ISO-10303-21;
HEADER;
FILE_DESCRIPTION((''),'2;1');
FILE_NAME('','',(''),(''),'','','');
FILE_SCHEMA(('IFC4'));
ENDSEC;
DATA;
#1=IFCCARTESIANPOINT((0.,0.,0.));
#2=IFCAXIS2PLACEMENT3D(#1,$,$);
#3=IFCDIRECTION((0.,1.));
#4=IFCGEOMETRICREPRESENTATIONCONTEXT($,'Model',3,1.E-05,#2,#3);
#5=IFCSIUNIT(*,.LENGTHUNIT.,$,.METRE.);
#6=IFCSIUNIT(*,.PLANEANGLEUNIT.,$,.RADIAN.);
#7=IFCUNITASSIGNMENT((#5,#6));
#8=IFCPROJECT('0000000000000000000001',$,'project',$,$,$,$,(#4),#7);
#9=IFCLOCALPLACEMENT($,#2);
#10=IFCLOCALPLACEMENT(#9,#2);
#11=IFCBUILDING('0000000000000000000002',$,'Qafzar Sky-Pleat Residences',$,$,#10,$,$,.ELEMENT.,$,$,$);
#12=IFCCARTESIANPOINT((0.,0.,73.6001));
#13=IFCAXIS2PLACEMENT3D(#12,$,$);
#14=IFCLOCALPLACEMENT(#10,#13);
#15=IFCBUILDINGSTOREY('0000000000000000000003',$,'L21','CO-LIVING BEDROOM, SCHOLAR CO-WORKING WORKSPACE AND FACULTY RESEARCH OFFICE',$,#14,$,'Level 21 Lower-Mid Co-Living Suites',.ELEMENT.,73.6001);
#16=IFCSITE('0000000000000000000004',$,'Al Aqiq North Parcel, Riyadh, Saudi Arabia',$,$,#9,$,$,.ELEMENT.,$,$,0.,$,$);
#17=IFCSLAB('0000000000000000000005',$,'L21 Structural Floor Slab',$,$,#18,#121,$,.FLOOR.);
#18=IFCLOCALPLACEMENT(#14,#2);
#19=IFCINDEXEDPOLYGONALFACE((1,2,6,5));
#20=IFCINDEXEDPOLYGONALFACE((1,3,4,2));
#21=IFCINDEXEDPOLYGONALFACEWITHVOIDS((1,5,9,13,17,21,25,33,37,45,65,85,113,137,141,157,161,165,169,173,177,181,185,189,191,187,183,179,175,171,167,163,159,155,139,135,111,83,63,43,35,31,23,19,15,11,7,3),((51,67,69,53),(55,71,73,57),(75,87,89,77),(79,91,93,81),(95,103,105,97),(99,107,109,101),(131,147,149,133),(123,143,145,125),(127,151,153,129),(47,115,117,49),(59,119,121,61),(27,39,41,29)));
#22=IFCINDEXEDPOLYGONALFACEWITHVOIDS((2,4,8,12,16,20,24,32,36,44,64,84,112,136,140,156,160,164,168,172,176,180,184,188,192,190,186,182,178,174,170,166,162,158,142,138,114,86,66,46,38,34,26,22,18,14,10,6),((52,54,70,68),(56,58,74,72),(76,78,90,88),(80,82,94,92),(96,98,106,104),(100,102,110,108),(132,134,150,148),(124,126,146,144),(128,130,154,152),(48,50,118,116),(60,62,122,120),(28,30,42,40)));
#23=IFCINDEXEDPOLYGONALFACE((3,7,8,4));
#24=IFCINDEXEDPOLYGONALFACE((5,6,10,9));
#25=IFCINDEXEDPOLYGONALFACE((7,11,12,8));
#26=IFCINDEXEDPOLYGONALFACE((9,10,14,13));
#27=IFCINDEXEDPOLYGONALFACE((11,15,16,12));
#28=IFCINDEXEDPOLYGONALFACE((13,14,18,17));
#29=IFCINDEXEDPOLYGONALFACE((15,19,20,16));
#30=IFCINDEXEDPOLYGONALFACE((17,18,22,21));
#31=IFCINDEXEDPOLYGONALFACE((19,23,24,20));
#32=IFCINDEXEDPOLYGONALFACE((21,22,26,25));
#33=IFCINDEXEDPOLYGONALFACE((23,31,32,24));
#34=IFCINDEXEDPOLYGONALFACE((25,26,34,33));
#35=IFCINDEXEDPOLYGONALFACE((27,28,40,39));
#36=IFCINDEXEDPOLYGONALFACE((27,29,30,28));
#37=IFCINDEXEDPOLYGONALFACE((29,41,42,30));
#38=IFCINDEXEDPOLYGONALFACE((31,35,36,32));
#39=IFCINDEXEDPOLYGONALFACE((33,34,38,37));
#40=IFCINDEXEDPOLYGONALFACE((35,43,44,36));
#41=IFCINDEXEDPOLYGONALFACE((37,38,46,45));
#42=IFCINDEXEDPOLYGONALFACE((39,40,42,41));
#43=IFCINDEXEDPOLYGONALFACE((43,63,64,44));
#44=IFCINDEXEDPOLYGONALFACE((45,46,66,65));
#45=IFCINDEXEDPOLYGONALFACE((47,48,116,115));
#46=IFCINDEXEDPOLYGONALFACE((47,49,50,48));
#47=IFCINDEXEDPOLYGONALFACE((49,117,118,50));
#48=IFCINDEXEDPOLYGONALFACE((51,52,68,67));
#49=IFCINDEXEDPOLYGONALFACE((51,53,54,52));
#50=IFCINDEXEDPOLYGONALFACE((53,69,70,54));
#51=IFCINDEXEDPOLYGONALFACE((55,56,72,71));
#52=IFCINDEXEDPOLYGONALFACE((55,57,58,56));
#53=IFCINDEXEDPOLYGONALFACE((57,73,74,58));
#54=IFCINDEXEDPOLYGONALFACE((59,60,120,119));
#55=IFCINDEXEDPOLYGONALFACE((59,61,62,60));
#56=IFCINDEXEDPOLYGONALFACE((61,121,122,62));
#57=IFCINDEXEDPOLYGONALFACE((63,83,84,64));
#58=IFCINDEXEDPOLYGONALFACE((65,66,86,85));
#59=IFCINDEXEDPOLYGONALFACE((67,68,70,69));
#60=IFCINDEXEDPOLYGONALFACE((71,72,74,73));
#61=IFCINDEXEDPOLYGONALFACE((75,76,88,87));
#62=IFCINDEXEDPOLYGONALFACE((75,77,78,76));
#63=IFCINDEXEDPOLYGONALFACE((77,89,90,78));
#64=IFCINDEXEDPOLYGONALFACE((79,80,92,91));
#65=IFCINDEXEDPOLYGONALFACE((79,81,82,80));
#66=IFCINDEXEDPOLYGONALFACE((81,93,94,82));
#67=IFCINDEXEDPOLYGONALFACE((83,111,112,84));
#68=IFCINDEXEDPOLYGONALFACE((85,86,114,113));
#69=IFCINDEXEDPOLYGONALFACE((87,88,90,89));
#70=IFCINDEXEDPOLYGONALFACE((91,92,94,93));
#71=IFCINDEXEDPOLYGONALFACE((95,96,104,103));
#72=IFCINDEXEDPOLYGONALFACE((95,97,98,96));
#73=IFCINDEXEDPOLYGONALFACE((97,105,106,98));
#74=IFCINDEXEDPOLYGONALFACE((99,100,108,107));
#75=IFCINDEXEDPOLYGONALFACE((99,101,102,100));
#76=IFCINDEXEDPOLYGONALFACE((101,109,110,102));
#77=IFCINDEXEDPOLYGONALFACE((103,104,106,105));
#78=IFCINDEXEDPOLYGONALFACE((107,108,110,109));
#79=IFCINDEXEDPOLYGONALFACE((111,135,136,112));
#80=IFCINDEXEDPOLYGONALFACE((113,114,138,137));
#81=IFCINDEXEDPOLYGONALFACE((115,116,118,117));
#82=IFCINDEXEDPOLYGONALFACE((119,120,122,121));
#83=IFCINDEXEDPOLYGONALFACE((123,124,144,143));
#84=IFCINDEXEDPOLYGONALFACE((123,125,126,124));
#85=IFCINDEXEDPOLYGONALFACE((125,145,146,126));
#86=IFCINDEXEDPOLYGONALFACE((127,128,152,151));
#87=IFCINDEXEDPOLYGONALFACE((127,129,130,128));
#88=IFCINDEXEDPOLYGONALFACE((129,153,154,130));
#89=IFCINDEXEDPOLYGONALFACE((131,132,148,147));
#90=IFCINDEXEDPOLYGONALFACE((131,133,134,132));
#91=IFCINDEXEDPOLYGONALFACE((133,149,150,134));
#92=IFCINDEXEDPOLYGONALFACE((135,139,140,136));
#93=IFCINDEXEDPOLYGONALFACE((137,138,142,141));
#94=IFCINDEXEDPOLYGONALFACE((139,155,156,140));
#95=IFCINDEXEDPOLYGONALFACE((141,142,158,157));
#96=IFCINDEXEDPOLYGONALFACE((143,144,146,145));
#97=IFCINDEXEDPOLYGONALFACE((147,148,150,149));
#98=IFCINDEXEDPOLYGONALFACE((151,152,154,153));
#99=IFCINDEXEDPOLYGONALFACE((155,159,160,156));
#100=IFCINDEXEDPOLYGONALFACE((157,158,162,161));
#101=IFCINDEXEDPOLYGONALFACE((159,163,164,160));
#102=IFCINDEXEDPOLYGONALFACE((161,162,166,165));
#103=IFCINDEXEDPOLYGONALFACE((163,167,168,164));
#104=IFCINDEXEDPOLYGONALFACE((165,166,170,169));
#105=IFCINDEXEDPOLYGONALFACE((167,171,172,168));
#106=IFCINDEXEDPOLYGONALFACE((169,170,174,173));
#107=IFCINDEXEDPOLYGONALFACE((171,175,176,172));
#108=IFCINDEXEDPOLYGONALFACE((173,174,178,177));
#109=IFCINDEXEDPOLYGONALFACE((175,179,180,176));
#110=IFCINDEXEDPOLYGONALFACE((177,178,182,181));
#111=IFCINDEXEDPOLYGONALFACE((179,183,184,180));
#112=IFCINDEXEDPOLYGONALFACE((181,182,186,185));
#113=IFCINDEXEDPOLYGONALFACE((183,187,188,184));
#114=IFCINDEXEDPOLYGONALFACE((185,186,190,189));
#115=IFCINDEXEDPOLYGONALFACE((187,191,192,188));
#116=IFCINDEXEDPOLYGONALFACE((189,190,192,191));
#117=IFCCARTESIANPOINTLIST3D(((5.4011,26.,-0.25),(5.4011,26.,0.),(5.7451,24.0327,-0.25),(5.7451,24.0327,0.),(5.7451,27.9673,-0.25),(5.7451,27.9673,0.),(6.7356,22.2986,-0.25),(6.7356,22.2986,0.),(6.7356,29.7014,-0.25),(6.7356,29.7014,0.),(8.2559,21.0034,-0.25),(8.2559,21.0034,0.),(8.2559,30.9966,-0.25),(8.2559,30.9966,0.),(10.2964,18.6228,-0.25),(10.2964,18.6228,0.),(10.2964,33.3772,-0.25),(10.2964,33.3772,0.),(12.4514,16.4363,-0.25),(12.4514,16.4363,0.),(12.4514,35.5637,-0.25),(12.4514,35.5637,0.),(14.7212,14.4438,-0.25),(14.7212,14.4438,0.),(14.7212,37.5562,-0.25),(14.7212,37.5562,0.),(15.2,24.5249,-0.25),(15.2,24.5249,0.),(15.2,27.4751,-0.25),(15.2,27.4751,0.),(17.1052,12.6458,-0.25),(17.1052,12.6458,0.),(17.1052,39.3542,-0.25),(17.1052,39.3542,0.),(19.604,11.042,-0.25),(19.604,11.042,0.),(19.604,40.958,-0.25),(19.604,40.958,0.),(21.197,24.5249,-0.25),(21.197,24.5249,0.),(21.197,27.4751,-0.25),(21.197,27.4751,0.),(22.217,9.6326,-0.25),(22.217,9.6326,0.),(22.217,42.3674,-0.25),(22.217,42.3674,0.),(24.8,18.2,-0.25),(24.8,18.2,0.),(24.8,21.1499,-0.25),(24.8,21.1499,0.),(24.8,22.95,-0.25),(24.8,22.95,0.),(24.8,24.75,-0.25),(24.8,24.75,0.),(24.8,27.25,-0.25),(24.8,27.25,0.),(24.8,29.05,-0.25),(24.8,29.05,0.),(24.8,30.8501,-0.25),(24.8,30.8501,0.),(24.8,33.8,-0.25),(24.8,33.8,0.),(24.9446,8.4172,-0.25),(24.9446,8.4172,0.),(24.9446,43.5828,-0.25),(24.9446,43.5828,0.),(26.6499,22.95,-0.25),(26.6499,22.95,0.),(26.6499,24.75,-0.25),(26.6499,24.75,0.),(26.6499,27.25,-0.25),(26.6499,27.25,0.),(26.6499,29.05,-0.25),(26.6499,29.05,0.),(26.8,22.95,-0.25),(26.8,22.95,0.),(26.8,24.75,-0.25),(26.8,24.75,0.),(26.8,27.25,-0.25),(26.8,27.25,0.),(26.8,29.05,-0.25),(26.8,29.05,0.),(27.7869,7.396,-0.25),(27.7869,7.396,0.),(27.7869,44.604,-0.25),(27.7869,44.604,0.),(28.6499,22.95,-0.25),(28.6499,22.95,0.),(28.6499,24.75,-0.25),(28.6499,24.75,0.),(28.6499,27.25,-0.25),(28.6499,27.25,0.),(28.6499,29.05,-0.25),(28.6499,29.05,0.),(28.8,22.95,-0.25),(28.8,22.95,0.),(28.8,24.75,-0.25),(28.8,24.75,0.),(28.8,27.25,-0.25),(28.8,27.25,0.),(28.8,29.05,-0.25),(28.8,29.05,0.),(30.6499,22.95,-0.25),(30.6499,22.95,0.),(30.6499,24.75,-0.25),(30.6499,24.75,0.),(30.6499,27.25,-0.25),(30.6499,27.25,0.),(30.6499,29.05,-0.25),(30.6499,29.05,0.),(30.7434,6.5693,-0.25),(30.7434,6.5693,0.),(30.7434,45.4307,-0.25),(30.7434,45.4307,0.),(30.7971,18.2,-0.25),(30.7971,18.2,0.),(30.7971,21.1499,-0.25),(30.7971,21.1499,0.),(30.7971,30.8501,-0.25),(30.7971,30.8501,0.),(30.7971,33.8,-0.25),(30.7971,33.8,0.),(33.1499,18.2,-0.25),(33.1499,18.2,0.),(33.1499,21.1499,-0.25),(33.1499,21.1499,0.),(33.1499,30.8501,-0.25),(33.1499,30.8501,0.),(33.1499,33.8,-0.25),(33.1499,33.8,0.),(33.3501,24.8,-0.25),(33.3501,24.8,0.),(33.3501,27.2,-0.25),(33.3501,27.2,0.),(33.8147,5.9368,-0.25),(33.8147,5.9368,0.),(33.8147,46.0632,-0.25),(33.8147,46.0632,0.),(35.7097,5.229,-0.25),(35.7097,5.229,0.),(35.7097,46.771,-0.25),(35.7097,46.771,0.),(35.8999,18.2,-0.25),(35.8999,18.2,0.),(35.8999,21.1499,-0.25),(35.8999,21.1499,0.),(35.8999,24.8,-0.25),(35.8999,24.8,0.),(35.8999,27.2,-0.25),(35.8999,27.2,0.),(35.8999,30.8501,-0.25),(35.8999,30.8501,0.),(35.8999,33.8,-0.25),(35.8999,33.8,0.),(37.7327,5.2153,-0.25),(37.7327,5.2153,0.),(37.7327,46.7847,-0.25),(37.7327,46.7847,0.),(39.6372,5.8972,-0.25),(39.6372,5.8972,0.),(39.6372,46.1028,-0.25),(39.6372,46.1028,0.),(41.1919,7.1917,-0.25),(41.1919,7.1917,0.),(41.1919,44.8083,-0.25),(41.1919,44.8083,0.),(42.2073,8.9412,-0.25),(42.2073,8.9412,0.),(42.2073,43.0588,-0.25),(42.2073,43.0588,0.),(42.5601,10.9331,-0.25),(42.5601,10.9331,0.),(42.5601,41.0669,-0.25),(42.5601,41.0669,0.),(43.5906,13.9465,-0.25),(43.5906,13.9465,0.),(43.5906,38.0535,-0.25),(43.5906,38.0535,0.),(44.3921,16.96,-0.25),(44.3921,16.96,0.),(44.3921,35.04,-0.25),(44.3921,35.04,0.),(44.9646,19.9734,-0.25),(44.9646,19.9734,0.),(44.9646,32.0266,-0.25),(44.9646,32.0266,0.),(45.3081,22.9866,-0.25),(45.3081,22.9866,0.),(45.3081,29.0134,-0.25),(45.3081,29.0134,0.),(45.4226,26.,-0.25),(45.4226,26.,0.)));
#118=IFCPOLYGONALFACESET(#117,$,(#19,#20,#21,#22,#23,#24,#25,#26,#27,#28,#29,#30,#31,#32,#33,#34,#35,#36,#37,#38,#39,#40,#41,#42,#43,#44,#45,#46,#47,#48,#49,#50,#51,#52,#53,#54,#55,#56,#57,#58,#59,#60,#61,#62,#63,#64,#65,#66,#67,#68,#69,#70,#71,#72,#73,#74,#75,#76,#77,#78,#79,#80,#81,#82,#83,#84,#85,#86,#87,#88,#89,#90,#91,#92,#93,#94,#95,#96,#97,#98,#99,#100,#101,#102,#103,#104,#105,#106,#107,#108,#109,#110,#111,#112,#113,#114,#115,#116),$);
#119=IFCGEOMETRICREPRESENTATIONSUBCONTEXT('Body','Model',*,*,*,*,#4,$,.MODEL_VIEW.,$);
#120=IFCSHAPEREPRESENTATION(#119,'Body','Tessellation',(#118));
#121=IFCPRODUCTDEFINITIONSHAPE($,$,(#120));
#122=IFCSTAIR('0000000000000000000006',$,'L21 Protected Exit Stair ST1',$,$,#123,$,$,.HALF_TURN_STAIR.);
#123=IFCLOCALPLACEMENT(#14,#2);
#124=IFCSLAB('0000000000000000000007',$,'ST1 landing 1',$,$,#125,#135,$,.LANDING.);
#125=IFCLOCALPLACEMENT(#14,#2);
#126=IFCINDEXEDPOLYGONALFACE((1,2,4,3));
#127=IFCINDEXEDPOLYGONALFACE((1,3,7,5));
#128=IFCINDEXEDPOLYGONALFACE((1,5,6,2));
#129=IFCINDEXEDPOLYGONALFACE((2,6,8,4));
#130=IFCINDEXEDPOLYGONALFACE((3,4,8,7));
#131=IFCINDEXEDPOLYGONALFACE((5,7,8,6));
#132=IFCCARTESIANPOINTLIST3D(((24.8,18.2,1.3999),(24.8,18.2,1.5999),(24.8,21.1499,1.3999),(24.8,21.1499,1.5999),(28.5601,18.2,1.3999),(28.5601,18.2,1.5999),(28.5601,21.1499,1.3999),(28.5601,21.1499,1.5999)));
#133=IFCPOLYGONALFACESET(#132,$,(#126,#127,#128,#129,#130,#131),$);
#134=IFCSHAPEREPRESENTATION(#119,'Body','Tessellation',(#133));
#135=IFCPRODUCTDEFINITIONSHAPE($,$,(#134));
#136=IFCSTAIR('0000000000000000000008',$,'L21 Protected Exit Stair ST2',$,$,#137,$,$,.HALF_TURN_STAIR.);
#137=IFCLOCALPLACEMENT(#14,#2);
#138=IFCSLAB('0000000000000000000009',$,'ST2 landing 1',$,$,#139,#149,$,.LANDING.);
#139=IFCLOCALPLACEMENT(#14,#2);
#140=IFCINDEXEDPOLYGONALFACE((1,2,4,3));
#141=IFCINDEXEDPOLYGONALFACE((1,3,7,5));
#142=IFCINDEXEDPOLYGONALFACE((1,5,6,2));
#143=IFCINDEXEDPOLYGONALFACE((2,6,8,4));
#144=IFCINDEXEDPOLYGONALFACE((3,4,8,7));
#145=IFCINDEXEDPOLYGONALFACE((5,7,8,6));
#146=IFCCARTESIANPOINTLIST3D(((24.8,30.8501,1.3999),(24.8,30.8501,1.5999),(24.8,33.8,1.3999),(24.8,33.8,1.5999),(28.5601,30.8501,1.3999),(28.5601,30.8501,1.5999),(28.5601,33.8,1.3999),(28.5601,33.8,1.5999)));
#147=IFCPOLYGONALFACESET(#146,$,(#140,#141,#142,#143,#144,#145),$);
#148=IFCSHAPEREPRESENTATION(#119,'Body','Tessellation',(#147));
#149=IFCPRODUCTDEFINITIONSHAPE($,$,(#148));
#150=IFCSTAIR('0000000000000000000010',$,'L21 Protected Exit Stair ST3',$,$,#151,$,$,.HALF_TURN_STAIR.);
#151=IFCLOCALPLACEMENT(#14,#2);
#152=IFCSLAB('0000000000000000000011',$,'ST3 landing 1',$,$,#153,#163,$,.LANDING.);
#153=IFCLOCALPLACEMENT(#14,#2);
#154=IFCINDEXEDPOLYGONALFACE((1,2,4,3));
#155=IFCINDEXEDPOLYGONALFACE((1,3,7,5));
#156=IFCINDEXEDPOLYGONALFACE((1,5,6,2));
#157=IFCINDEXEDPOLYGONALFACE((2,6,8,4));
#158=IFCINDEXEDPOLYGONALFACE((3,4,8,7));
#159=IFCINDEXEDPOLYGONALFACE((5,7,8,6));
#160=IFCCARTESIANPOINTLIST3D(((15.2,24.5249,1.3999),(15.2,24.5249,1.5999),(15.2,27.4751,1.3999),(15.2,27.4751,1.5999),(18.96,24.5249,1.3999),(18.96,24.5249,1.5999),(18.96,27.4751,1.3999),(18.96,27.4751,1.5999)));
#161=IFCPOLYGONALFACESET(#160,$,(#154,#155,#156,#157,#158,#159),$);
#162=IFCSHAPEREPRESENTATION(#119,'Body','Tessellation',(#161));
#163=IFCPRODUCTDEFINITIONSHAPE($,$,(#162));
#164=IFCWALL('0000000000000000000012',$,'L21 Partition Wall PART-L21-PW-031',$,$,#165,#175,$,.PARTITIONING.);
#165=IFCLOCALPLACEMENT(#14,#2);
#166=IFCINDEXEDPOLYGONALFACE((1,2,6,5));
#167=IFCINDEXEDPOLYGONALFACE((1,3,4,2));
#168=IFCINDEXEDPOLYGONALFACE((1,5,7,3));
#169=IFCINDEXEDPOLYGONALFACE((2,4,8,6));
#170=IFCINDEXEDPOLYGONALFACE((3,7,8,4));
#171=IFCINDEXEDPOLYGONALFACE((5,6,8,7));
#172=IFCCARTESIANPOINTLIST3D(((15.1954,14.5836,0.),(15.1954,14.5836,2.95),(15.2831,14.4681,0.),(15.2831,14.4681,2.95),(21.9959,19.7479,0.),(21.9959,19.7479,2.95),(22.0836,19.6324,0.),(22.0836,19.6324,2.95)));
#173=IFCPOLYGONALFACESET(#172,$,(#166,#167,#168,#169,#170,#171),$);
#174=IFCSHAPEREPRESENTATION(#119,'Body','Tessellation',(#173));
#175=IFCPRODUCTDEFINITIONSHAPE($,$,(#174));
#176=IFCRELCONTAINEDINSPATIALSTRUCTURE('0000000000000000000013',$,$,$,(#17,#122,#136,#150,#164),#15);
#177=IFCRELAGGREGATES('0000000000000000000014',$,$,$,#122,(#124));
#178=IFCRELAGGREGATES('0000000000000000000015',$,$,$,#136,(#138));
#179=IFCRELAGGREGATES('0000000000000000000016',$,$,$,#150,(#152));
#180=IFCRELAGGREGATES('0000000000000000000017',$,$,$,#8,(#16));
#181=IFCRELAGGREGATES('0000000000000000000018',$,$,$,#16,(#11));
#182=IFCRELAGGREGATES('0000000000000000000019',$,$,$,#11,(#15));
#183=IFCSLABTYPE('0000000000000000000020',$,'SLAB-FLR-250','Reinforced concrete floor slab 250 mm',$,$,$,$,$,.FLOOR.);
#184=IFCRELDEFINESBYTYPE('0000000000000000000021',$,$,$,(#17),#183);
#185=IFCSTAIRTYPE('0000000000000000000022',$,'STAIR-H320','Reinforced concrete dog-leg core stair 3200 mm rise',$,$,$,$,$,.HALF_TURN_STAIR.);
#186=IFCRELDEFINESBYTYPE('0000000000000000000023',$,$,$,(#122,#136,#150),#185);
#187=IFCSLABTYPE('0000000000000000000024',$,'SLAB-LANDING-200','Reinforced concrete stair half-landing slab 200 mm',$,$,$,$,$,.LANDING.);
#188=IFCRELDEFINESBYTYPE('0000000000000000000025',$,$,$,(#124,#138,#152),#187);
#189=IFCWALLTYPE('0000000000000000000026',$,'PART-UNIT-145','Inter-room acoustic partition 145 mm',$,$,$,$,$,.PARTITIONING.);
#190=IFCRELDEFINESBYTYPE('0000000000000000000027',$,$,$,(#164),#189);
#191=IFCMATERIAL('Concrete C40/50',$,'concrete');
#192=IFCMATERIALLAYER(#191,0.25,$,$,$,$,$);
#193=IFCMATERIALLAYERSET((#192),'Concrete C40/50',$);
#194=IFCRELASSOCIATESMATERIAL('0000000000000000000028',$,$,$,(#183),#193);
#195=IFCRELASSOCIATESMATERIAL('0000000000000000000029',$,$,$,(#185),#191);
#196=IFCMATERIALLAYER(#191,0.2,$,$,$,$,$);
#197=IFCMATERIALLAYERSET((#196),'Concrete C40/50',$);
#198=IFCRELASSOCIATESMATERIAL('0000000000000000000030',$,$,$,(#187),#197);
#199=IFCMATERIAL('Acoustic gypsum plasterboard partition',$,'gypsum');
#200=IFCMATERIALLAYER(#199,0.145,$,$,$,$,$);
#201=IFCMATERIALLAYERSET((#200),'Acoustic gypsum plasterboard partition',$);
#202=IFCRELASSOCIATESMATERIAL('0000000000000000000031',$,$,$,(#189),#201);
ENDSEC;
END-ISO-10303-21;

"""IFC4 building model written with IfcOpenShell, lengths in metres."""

from ifc_helpers import new_model, si_unit, direction, frame, frame_2d, origin, place, context, subcontext, project, spatial, polyline, rectangle, outline, extrude, material, layer, layer_set, type_object, element, aggregate, save


model = new_model("IFC4")

# Units and contexts
model_context = context("Model", 3, precision=1e-05, world=origin(), true_north=direction((0.0, 1.0)))
body_context = subcontext(model_context, "Body", "Model", "MODEL_VIEW")
ifc_project = project(units=[si_unit("LENGTHUNIT", "METRE"), si_unit("PLANEANGLEUNIT", "RADIAN")], contexts=[model_context])

# Site, building, storey
site_placement = place(None, origin())
site = spatial("IfcSite", under=ifc_project, at=site_placement, Name="Al Aqiq North Parcel, Riyadh, Saudi Arabia", CompositionType="ELEMENT", RefElevation=0.0)
building_placement = place(site_placement, origin())
building = spatial("IfcBuilding", under=site, at=building_placement, Name="Qafzar Sky-Pleat Residences", CompositionType="ELEMENT")
storey_placement = place(building_placement, frame((0.0, 0.0, 73.6001)))
storey = spatial("IfcBuildingStorey", under=building, at=storey_placement, Name="L21", Description="CO-LIVING BEDROOM, SCHOLAR CO-WORKING WORKSPACE AND FACULTY RESEARCH OFFICE", LongName="Level 21 Lower-Mid Co-Living Suites", CompositionType="ELEMENT", Elevation=73.6001)

# Slab
ifc_material_1 = material(Name="Concrete C40/50", Category="concrete")
ifc_layer_1 = layer(ifc_material_1, 0.25)
ifc_layer_set_1 = layer_set([ifc_layer_1], Name="Concrete C40/50")
slab_type_1 = type_object("IfcSlabType", Name="SLAB-FLR-250", Description="Reinforced concrete floor slab 250 mm", PredefinedType="FLOOR", material=ifc_layer_set_1)
slab_1_placement = place(storey_placement, frame((0.0, 0.0, -0.25)))
element("IfcSlab", 1, at=slab_1_placement, inside=storey, type_object=slab_type_1, Name="L21 Structural Floor Slab", PredefinedType="FLOOR", context=body_context, shape_type="SweptSolid", body=[
    extrude(outline(polyline([(8.2559, 30.9966), (6.7356, 29.7014), (5.7451, 27.9673), (5.4011, 26.0), (5.7451, 24.0327), (6.7356, 22.2986), (8.2559, 21.0034), (10.2964, 18.6228), (12.4514, 16.4363), (14.7212, 14.4438), (17.1052, 12.6458), (19.604, 11.042), (22.217, 9.6326), (24.9446, 8.4172), (27.7869, 7.396), (30.7434, 6.5693), (33.8147, 5.9368), (35.7097, 5.229), (37.7327, 5.2153), (39.6372, 5.8972), (41.1919, 7.1917), (42.2073, 8.9412), (42.5601, 10.9331), (43.5906, 13.9465), (44.3921, 16.96), (44.9646, 19.9734), (45.3081, 22.9866), (45.4226, 26.0), (45.3081, 29.0134), (44.9646, 32.0266), (44.3921, 35.04), (43.5906, 38.0535), (42.5601, 41.0669), (42.2073, 43.0588), (41.1919, 44.8083), (39.6372, 46.1028), (37.7327, 46.7847), (35.7097, 46.771), (33.8147, 46.0632), (30.7434, 45.4307), (27.7869, 44.604), (24.9446, 43.5828), (22.217, 42.3674), (19.604, 40.958), (17.1052, 39.3542), (14.7212, 37.5562), (12.4514, 35.5637), (10.2964, 33.3772), (8.2559, 30.9966)]), holes=[polyline([(30.7971, 21.1499), (24.8, 21.1499), (24.8, 18.2), (30.7971, 18.2), (30.7971, 21.1499)]), polyline([(30.7971, 33.8), (24.8, 33.8), (24.8, 30.8501), (30.7971, 30.8501), (30.7971, 33.8)]), polyline([(21.197, 27.4751), (15.2, 27.4751), (15.2, 24.5249), (21.197, 24.5249), (21.197, 27.4751)]), polyline([(24.8, 22.95), (26.6499, 22.95), (26.6499, 24.75), (24.8, 24.75), (24.8, 22.95)]), polyline([(26.8, 22.95), (28.6499, 22.95), (28.6499, 24.75), (26.8, 24.75), (26.8, 22.95)]), polyline([(28.8, 22.95), (30.6499, 22.95), (30.6499, 24.75), (28.8, 24.75), (28.8, 22.95)]), polyline([(24.8, 27.25), (26.6499, 27.25), (26.6499, 29.05), (24.8, 29.05), (24.8, 27.25)]), polyline([(26.8, 27.25), (28.6499, 27.25), (28.6499, 29.05), (26.8, 29.05), (26.8, 27.25)]), polyline([(28.8, 27.25), (30.6499, 27.25), (30.6499, 29.05), (28.8, 29.05), (28.8, 27.25)]), polyline([(33.1499, 18.2), (35.8999, 18.2), (35.8999, 21.1499), (33.1499, 21.1499), (33.1499, 18.2)]), polyline([(33.1499, 30.8501), (35.8999, 30.8501), (35.8999, 33.8), (33.1499, 33.8), (33.1499, 30.8501)]), polyline([(33.3501, 24.8), (35.8999, 24.8), (35.8999, 27.2), (33.3501, 27.2), (33.3501, 24.8)])]), origin(), (0.0, 0.0, 1.0), 0.25),
])

# Stairs, slabs
stair_type = type_object("IfcStairType", Name="STAIR-H320", Description="Reinforced concrete dog-leg core stair 3200 mm rise", PredefinedType="HALF_TURN_STAIR", material=ifc_material_1)
stair_1_placement = place(storey_placement, origin())
stair_1 = element("IfcStair", 2, at=stair_1_placement, inside=storey, type_object=stair_type, Name="L21 Protected Exit Stair ST1", PredefinedType="HALF_TURN_STAIR")
ifc_layer_2 = layer(ifc_material_1, 0.2)
ifc_layer_set_2 = layer_set([ifc_layer_2], Name="Concrete C40/50")
slab_type_2 = type_object("IfcSlabType", Name="SLAB-LANDING-200", Description="Reinforced concrete stair half-landing slab 200 mm", PredefinedType="LANDING", material=ifc_layer_set_2)
slab_2_placement = place(storey_placement, frame((0.0, 0.0, 1.3999)))
slab_2 = element("IfcSlab", 3, at=slab_2_placement, type_object=slab_type_2, Name="ST1 landing 1", PredefinedType="LANDING", context=body_context, shape_type="SweptSolid", body=[
    extrude(outline(polyline([(28.5601, 21.1499), (24.8, 21.1499), (24.8, 18.2), (28.5601, 18.2), (28.5601, 21.1499)])), origin(), (0.0, 0.0, 1.0), 0.2),
])
aggregate(stair_1, [slab_2])
stair_2_placement = place(storey_placement, origin())
stair_2 = element("IfcStair", 4, at=stair_2_placement, inside=storey, type_object=stair_type, Name="L21 Protected Exit Stair ST2", PredefinedType="HALF_TURN_STAIR")
slab_3_placement = place(storey_placement, frame((0.0, 0.0, 1.3999)))
slab_3 = element("IfcSlab", 5, at=slab_3_placement, type_object=slab_type_2, Name="ST2 landing 1", PredefinedType="LANDING", context=body_context, shape_type="SweptSolid", body=[
    extrude(outline(polyline([(28.5601, 33.8), (24.8, 33.8), (24.8, 30.8501), (28.5601, 30.8501), (28.5601, 33.8)])), origin(), (0.0, 0.0, 1.0), 0.2),
])
aggregate(stair_2, [slab_3])
stair_3_placement = place(storey_placement, origin())
stair_3 = element("IfcStair", 6, at=stair_3_placement, inside=storey, type_object=stair_type, Name="L21 Protected Exit Stair ST3", PredefinedType="HALF_TURN_STAIR")
slab_4_placement = place(storey_placement, frame((0.0, 0.0, 1.3999)))
slab_4 = element("IfcSlab", 7, at=slab_4_placement, type_object=slab_type_2, Name="ST3 landing 1", PredefinedType="LANDING", context=body_context, shape_type="SweptSolid", body=[
    extrude(outline(polyline([(18.96, 27.4751), (15.2, 27.4751), (15.2, 24.5249), (18.96, 24.5249), (18.96, 27.4751)])), origin(), (0.0, 0.0, 1.0), 0.2),
])
aggregate(stair_3, [slab_4])

# Wall
ifc_material_2 = material(Name="Acoustic gypsum plasterboard partition", Category="gypsum")
ifc_layer_3 = layer(ifc_material_2, 0.145)
ifc_layer_set_3 = layer_set([ifc_layer_3], Name="Acoustic gypsum plasterboard partition")
wall_type_1 = type_object("IfcWallType", Name="PART-UNIT-145", Description="Inter-room acoustic partition 145 mm", PredefinedType="PARTITIONING", material=ifc_layer_set_3)
wall_1_placement = place(storey_placement, frame((15.2393, 14.5259, 0.0), z_axis=(0.0, 0.0, 1.0), x_axis=(0.796394, 0.604779, 0.0)))
element("IfcWall", 8, at=wall_1_placement, inside=storey, type_object=wall_type_1, Name="L21 Partition Wall PART-L21-PW-031", PredefinedType="PARTITIONING", context=body_context, shape_type="SweptSolid", body=[
    extrude(rectangle(XDim=8.5391, YDim=0.145, at=frame_2d((4.2695, 0.0))), origin(), (0.0, 0.0, 1.0), 2.95),
])

save(model, "model.ifc")
